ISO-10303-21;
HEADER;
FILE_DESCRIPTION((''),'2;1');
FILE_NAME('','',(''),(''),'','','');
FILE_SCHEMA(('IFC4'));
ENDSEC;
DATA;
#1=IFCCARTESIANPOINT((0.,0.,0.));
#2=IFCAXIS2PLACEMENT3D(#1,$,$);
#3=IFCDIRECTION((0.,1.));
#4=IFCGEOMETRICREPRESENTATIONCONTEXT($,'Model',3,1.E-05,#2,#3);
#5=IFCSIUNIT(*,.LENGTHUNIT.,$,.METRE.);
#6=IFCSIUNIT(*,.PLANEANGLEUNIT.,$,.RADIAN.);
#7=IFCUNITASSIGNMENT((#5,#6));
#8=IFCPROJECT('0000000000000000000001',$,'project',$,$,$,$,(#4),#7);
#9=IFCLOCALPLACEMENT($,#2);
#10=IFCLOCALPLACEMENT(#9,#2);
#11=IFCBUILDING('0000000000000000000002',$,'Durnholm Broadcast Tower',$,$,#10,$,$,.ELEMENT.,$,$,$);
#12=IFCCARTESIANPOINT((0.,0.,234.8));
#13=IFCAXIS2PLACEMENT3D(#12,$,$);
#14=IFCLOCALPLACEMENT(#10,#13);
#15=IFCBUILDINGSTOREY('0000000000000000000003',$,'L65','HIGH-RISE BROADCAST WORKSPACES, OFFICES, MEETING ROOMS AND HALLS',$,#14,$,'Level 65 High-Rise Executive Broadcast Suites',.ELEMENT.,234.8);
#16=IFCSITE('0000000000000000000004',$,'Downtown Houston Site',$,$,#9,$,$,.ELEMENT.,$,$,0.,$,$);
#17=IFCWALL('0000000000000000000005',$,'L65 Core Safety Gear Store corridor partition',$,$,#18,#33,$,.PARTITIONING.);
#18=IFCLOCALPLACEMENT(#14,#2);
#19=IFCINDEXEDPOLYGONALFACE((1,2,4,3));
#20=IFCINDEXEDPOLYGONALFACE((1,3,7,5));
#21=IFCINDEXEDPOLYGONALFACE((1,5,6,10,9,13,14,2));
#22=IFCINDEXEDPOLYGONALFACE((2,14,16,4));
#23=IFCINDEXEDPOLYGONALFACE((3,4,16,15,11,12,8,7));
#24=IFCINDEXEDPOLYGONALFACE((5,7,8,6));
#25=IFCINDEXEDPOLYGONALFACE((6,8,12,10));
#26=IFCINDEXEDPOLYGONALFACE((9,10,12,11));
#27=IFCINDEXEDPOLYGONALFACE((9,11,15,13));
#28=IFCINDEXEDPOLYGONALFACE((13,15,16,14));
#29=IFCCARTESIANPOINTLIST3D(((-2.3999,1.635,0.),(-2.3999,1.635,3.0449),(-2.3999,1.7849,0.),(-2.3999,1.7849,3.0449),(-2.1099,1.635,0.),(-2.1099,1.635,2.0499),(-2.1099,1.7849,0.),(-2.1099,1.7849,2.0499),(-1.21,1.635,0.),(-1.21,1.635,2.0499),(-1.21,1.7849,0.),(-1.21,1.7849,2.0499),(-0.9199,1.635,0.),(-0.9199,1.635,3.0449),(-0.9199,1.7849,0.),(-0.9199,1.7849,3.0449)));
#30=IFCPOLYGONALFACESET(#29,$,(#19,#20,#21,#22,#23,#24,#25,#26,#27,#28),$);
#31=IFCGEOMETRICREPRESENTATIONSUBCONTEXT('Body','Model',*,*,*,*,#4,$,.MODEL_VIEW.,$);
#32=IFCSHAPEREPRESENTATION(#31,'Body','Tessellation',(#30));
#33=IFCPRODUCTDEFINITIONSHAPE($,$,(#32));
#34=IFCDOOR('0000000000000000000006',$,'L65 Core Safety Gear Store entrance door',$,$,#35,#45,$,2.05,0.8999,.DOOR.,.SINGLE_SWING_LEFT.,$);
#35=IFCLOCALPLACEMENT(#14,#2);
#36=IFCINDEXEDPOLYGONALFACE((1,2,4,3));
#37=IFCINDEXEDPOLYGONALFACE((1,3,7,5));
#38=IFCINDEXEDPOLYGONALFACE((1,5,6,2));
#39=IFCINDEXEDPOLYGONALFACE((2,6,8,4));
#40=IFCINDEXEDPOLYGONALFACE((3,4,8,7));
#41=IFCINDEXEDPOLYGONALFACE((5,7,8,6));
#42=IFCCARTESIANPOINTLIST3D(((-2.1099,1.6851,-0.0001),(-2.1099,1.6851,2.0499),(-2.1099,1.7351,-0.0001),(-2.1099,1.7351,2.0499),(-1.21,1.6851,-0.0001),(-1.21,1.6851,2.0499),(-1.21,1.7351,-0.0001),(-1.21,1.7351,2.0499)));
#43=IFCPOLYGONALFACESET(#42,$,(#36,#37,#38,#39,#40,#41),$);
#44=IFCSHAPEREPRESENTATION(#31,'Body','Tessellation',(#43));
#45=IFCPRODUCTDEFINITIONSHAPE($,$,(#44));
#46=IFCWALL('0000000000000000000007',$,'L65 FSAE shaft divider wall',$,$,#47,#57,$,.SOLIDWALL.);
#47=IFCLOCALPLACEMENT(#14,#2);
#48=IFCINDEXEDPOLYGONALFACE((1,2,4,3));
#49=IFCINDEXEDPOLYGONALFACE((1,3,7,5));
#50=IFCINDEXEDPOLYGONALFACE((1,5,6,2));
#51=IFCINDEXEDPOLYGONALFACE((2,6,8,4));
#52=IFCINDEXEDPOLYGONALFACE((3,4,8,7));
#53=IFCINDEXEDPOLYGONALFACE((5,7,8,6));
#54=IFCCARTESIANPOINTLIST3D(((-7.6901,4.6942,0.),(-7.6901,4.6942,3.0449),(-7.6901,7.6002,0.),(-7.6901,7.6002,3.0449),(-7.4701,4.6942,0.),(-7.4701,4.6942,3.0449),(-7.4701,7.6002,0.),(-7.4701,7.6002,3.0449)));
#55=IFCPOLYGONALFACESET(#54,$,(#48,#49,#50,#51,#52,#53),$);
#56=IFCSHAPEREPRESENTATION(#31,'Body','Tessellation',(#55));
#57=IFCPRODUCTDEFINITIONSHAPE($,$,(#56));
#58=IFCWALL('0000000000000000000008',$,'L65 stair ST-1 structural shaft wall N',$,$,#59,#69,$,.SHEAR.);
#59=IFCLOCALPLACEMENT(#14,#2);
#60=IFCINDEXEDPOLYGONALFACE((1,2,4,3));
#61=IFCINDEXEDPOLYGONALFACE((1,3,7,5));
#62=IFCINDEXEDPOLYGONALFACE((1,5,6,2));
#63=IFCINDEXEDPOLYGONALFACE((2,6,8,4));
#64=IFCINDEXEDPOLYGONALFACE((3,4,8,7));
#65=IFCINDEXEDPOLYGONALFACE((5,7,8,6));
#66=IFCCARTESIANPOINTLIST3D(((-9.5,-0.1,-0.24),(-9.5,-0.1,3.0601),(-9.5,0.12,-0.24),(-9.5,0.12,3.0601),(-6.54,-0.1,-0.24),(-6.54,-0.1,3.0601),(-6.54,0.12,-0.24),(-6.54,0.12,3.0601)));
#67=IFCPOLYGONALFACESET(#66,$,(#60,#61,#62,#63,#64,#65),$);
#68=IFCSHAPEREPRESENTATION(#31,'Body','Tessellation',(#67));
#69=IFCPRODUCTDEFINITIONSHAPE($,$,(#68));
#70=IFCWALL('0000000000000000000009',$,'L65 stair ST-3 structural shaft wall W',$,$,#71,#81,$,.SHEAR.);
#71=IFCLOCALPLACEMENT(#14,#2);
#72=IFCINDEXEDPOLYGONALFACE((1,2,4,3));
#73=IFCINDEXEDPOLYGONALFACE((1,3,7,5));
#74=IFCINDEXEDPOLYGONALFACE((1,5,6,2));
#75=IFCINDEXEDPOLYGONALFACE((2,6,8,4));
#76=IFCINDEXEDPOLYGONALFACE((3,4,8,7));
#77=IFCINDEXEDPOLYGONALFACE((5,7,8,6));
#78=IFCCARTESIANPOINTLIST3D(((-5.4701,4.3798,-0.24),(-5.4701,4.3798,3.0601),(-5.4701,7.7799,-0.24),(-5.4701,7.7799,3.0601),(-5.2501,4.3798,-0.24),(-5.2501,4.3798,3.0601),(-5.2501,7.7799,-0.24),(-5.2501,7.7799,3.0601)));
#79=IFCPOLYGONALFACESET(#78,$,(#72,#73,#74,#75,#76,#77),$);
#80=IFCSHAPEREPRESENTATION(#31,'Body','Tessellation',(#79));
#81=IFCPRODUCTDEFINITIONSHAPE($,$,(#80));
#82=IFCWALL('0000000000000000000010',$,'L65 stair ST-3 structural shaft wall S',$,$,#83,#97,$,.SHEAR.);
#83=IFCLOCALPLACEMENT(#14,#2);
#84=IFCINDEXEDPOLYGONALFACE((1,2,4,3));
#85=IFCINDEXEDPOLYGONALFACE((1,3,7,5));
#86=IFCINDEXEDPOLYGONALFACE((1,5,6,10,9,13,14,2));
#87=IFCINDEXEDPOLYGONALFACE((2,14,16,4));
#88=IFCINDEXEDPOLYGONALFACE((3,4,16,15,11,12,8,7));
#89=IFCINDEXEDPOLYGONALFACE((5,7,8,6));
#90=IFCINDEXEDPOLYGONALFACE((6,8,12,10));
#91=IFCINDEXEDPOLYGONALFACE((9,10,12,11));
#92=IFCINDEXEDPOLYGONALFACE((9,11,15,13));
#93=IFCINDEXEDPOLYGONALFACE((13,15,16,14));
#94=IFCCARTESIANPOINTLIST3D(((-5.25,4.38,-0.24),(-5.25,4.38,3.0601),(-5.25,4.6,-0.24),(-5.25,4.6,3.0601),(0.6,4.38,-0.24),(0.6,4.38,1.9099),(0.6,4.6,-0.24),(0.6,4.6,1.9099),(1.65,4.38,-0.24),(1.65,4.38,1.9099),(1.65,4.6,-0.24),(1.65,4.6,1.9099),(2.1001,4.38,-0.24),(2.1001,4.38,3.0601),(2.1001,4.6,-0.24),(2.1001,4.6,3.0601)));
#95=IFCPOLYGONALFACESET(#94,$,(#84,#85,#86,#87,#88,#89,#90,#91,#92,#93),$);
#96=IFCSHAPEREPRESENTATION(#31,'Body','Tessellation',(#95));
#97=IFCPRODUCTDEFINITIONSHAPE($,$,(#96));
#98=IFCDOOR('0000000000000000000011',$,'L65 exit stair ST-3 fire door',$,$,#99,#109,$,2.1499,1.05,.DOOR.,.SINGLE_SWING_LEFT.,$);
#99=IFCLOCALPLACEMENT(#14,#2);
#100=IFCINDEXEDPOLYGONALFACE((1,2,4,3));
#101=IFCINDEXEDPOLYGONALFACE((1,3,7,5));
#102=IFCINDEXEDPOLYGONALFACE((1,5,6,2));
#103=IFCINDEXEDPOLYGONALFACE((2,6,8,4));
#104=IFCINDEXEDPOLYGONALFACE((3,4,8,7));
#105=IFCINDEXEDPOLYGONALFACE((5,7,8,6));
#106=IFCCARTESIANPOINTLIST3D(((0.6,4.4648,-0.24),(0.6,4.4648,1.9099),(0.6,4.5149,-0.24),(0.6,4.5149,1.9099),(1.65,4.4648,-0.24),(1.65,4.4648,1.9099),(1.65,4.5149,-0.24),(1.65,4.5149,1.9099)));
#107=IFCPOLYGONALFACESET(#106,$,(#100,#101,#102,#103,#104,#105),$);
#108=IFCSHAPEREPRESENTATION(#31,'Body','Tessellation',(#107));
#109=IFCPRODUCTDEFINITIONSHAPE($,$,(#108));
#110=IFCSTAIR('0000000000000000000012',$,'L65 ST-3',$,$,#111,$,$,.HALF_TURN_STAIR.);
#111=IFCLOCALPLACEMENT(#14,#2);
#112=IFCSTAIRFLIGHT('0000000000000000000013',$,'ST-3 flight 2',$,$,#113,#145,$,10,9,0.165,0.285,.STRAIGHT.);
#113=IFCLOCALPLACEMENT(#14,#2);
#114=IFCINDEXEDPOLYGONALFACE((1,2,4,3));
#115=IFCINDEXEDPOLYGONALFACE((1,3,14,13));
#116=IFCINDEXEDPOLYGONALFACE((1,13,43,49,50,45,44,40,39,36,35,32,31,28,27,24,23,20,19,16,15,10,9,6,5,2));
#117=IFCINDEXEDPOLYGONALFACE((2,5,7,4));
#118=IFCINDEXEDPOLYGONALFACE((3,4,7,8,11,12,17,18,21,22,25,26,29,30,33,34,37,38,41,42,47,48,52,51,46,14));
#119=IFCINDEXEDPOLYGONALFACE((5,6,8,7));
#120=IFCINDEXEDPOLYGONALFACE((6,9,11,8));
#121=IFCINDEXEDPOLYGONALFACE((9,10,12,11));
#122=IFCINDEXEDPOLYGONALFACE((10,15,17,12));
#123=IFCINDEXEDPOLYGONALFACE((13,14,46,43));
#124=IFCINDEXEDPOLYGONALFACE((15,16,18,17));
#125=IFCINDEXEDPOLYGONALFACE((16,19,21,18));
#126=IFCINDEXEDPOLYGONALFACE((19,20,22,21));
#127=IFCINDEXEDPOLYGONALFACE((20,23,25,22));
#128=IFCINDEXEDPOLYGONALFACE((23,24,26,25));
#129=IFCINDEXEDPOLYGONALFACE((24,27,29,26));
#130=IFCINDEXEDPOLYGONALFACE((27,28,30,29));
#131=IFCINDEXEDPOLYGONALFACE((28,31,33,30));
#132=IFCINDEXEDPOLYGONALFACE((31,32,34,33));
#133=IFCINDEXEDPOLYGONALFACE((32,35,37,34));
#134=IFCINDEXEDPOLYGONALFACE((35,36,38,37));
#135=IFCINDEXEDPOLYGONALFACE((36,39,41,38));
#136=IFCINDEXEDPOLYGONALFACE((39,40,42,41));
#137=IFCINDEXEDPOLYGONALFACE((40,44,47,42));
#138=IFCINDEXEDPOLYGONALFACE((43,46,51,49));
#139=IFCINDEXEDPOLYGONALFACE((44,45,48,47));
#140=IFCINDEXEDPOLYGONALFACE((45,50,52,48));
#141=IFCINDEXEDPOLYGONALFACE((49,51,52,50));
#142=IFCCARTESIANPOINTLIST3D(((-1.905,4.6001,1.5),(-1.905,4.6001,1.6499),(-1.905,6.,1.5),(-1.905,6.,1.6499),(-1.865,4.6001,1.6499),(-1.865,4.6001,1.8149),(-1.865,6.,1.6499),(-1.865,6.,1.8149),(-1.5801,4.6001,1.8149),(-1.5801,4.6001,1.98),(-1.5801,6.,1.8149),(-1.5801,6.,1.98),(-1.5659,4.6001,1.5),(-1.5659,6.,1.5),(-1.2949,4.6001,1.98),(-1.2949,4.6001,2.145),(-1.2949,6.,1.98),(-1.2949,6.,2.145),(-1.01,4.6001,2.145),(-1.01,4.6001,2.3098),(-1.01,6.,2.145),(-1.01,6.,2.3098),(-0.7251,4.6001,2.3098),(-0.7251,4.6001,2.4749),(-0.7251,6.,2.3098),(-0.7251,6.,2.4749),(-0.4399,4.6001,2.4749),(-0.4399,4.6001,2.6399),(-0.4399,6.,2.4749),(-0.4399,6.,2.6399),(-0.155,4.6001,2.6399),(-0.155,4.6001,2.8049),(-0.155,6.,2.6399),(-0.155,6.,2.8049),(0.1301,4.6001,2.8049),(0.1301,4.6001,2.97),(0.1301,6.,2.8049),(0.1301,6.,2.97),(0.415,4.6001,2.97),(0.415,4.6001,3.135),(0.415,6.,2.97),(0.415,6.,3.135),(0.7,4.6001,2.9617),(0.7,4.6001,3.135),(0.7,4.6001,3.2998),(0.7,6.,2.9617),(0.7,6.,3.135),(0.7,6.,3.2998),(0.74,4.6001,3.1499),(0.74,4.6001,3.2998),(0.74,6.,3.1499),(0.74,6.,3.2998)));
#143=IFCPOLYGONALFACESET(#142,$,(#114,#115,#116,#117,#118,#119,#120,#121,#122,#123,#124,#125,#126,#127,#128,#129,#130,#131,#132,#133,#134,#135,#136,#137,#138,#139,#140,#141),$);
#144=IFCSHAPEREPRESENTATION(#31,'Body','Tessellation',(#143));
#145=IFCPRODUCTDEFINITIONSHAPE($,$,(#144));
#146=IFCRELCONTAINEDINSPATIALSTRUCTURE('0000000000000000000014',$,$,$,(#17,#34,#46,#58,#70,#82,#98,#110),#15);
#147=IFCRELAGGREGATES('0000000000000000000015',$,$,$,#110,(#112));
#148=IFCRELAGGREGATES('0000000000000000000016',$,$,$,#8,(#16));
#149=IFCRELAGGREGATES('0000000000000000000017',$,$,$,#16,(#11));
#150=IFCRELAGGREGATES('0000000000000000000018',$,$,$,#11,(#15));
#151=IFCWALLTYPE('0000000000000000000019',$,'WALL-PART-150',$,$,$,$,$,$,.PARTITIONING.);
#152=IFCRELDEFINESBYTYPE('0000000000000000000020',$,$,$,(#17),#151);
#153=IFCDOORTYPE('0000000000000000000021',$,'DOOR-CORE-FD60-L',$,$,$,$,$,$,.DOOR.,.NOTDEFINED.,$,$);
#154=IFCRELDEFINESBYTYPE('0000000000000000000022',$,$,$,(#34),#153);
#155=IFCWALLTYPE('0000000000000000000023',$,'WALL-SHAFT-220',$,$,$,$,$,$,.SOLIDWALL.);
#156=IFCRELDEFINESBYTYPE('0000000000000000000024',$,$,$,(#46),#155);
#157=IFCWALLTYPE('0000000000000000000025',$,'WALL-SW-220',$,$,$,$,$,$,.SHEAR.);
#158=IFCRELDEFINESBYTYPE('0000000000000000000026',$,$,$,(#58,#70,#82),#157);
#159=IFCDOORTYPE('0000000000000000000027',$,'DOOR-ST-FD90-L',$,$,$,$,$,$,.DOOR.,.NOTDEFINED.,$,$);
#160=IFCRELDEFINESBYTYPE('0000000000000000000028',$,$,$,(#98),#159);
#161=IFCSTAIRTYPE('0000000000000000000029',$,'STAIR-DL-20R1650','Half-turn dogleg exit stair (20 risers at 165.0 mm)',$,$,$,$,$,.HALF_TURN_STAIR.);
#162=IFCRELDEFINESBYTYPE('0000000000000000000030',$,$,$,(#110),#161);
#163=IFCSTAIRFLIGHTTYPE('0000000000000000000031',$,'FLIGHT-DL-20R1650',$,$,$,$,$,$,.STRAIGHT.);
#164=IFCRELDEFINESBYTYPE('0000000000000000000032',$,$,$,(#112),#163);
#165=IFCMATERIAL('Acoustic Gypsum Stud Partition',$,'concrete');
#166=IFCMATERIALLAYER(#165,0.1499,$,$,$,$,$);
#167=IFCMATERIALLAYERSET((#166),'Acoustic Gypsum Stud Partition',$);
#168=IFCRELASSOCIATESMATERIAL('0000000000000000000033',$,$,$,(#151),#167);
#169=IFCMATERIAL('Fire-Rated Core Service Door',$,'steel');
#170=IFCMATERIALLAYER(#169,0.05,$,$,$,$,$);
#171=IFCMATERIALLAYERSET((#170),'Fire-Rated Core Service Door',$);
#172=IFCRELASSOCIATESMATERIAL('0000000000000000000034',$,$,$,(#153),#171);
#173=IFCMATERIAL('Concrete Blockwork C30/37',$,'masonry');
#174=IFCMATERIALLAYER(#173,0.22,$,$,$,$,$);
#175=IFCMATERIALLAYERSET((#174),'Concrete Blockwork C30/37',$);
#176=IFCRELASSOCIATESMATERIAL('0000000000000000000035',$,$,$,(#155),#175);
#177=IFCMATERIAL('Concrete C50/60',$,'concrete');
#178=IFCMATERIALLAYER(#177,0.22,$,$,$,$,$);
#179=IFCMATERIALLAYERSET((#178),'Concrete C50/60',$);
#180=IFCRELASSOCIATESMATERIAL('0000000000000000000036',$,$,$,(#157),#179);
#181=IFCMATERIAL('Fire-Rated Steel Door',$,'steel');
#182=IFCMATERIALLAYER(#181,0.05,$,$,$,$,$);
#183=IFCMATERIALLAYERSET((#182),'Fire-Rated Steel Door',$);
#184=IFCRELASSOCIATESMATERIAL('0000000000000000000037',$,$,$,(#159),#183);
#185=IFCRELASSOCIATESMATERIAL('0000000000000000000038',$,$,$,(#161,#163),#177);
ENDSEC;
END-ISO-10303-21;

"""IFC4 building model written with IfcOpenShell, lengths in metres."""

from ifc_helpers import new_model, si_unit, direction, frame, frame_2d, origin, place, context, subcontext, project, spatial, polyline, rectangle, outline, extrude, source, transform, mapped, material, layer, layer_set, type_object, type_shapes, element, fill, aggregate, save


model = new_model("IFC4")

# Units and contexts
model_context = context("Model", 3, precision=1e-05, world=origin(), true_north=direction((0.0, 1.0)))
body_context = subcontext(model_context, "Body", "Model", "MODEL_VIEW")
ifc_project = project(units=[si_unit("LENGTHUNIT", "METRE"), si_unit("PLANEANGLEUNIT", "RADIAN")], contexts=[model_context])

# Site, building, storey
site_placement = place(None, origin())
site = spatial("IfcSite", under=ifc_project, at=site_placement, Name="Downtown Houston Site", CompositionType="ELEMENT", RefElevation=0.0)
building_placement = place(site_placement, origin())
building = spatial("IfcBuilding", under=site, at=building_placement, Name="Durnholm Broadcast Tower", CompositionType="ELEMENT")
storey_placement = place(building_placement, frame((0.0, 0.0, 234.8)))
storey = spatial("IfcBuildingStorey", under=building, at=storey_placement, Name="L65", Description="HIGH-RISE BROADCAST WORKSPACES, OFFICES, MEETING ROOMS AND HALLS", LongName="Level 65 High-Rise Executive Broadcast Suites", CompositionType="ELEMENT", Elevation=234.8)

# Shared definitions
ifc_material_1 = material(Name="Acoustic Gypsum Stud Partition", Category="concrete")
ifc_layer_1 = layer(ifc_material_1, 0.1499)
ifc_layer_set_1 = layer_set([ifc_layer_1], Name="Acoustic Gypsum Stud Partition")
wall_type_1 = type_object("IfcWallType", Name="WALL-PART-150", PredefinedType="PARTITIONING", material=ifc_layer_set_1)

# Wall, opening, door
ifc_material_2 = material(Name="Fire-Rated Core Service Door", Category="steel")
ifc_layer_2 = layer(ifc_material_2, 0.05)
ifc_layer_set_2 = layer_set([ifc_layer_2], Name="Fire-Rated Core Service Door")
door_type_1 = type_object("IfcDoorType", Name="DOOR-CORE-FD60-L", OperationType="NOTDEFINED", PredefinedType="DOOR", material=ifc_layer_set_2)
shared_shape_1 = source(origin(), body_context, "Body", "SweptSolid", [
    extrude(rectangle(XDim=0.8999, YDim=2.05, at=frame_2d((0.45, 1.0249))), frame((0.0, 0.0249, 0.0), z_axis=(0.0, -1.0, 0.0), x_axis=(1.0, 0.0, 0.0)), (0.0, 0.0, 1.0), 0.05),
])
type_shapes(door_type_1, [shared_shape_1])
wall_1_placement = place(storey_placement, frame((-0.9199, 1.71, 0.0), z_axis=(0.0, 0.0, 1.0), x_axis=(-1.0, 0.0, 0.0)))
wall_1 = element("IfcWall", 1, at=wall_1_placement, inside=storey, type_object=wall_type_1, Name="L65 Core Safety Gear Store corridor partition", PredefinedType="PARTITIONING", context=body_context, shape_type="SweptSolid", body=[
    extrude(rectangle(XDim=1.48, YDim=0.1499, at=frame_2d((0.74, 0.0))), origin(), (0.0, 0.0, 1.0), 3.0449),
])
opening_1_placement = place(wall_1_placement, frame((0.29, 0.0, 0.0)))
opening_1 = element("IfcOpeningElement", 2, at=opening_1_placement, cuts=wall_1, PredefinedType="OPENING", context=body_context, shape_type="SweptSolid", body=[
    extrude(rectangle(XDim=0.8999, YDim=2.05, at=frame_2d((0.45, 1.0249))), frame((0.0, 0.085, 0.0), z_axis=(0.0, -1.0, 0.0), x_axis=(1.0, 0.0, 0.0)), (0.0, 0.0, 1.0), 0.1699),
])
door_1_placement = place(opening_1_placement, origin())
door_1 = element("IfcDoor", 3, at=door_1_placement, inside=storey, type_object=door_type_1, Name="L65 Core Safety Gear Store entrance door", OperationType="SINGLE_SWING_LEFT", OverallHeight=2.05, OverallWidth=0.8999, PredefinedType="DOOR", context=body_context, shape_type="MappedRepresentation", body=[
    mapped(shared_shape_1, transform((0.0, 0.0, 0.0), x_axis=(1.0, 0.0, 0.0), y_axis=(0.0, 1.0, 0.0), z_axis=(0.0, 0.0, 1.0), scale=1.0)),
])
fill(opening_1, door_1)

# Walls
ifc_material_3 = material(Name="Concrete Blockwork C30/37", Category="masonry")
ifc_layer_3 = layer(ifc_material_3, 0.22)
ifc_layer_set_3 = layer_set([ifc_layer_3], Name="Concrete Blockwork C30/37")
wall_type_2 = type_object("IfcWallType", Name="WALL-SHAFT-220", PredefinedType="SOLIDWALL", material=ifc_layer_set_3)
wall_2_placement = place(storey_placement, frame((-7.5801, 4.6941, 0.0), z_axis=(0.0, 0.0, 1.0), x_axis=(0.0, 1.0, 0.0)))
element("IfcWall", 4, at=wall_2_placement, inside=storey, type_object=wall_type_2, Name="L65 FSAE shaft divider wall", PredefinedType="SOLIDWALL", context=body_context, shape_type="SweptSolid", body=[
    extrude(rectangle(XDim=2.906, YDim=0.22, at=frame_2d((1.4531, 0.0))), origin(), (0.0, 0.0, 1.0), 3.0449),
])
ifc_material_4 = material(Name="Concrete C50/60", Category="concrete")
ifc_layer_4 = layer(ifc_material_4, 0.22)
ifc_layer_set_4 = layer_set([ifc_layer_4], Name="Concrete C50/60")
wall_type_3 = type_object("IfcWallType", Name="WALL-SW-220", PredefinedType="SHEAR", material=ifc_layer_set_4)
wall_3_placement = place(storey_placement, frame((-6.54, 0.01, -0.24), z_axis=(0.0, 0.0, 1.0), x_axis=(-1.0, 0.0, 0.0)))
element("IfcWall", 5, at=wall_3_placement, inside=storey, type_object=wall_type_3, Name="L65 stair ST-1 structural shaft wall N", PredefinedType="SHEAR", context=body_context, shape_type="SweptSolid", body=[
    extrude(rectangle(XDim=2.96, YDim=0.22, at=frame_2d((1.48, 0.0))), origin(), (0.0, 0.0, 1.0), 3.3),
])
wall_4_placement = place(storey_placement, frame((-5.3601, 7.78, -0.24), z_axis=(0.0, 0.0, 1.0), x_axis=(0.0, -1.0, 0.0)))
element("IfcWall", 6, at=wall_4_placement, inside=storey, type_object=wall_type_3, Name="L65 stair ST-3 structural shaft wall W", PredefinedType="SHEAR", context=body_context, shape_type="SweptSolid", body=[
    extrude(rectangle(XDim=3.4001, YDim=0.22, at=frame_2d((1.7002, 0.0))), origin(), (0.0, 0.0, 1.0), 3.3),
])

# Wall, opening, door
wall_5_placement = place(storey_placement, frame((-5.25, 4.49, -0.24), z_axis=(0.0, 0.0, 1.0), x_axis=(1.0, 0.0, 0.0)))
wall_5 = element("IfcWall", 7, at=wall_5_placement, inside=storey, type_object=wall_type_3, Name="L65 stair ST-3 structural shaft wall S", PredefinedType="SHEAR", context=body_context, shape_type="SweptSolid", body=[
    extrude(rectangle(XDim=7.3501, YDim=0.22, at=frame_2d((3.675, 0.0))), origin(), (0.0, 0.0, 1.0), 3.3),
])
opening_2_placement = place(wall_5_placement, frame((5.8501, 0.0, 0.0)))
opening_2 = element("IfcOpeningElement", 8, at=opening_2_placement, cuts=wall_5, PredefinedType="OPENING", context=body_context, shape_type="SweptSolid", body=[
    extrude(rectangle(XDim=1.05, YDim=2.1499, at=frame_2d((0.5249, 1.075))), frame((0.0, 0.1201, 0.0), z_axis=(0.0, -1.0, 0.0), x_axis=(1.0, 0.0, 0.0)), (0.0, 0.0, 1.0), 0.24),
])
ifc_material_5 = material(Name="Fire-Rated Steel Door", Category="steel")
ifc_layer_5 = layer(ifc_material_5, 0.05)
ifc_layer_set_5 = layer_set([ifc_layer_5], Name="Fire-Rated Steel Door")
door_type_2 = type_object("IfcDoorType", Name="DOOR-ST-FD90-L", OperationType="NOTDEFINED", PredefinedType="DOOR", material=ifc_layer_set_5)
shared_shape_2 = source(origin(), body_context, "Body", "SweptSolid", [
    extrude(rectangle(XDim=1.05, YDim=2.1499, at=frame_2d((0.5249, 1.075))), frame((0.0, 0.0249, 0.0), z_axis=(0.0, -1.0, 0.0), x_axis=(1.0, 0.0, 0.0)), (0.0, 0.0, 1.0), 0.05),
])
type_shapes(door_type_2, [shared_shape_2])
door_2_placement = place(opening_2_placement, origin())
door_2 = element("IfcDoor", 9, at=door_2_placement, inside=storey, type_object=door_type_2, Name="L65 exit stair ST-3 fire door", OperationType="SINGLE_SWING_LEFT", OverallHeight=2.1499, OverallWidth=1.05, PredefinedType="DOOR", context=body_context, shape_type="MappedRepresentation", body=[
    mapped(shared_shape_2, transform((0.0, 0.0, 0.0), x_axis=(1.0, 0.0, 0.0), y_axis=(0.0, 1.0, 0.0), z_axis=(0.0, 0.0, 1.0), scale=1.0)),
])
fill(opening_2, door_2)

# Stair, stair flight
stair_type = type_object("IfcStairType", Name="STAIR-DL-20R1650", Description="Half-turn dogleg exit stair (20 risers at 165.0 mm)", PredefinedType="HALF_TURN_STAIR", material=ifc_material_4)
stair_placement = place(storey_placement, origin())
stair = element("IfcStair", 10, at=stair_placement, inside=storey, type_object=stair_type, Name="L65 ST-3", PredefinedType="HALF_TURN_STAIR")
stair_flight_type = type_object("IfcStairFlightType", Name="FLIGHT-DL-20R1650", PredefinedType="STRAIGHT", material=ifc_material_4)
stair_flight_placement = place(storey_placement, frame((-1.865, 5.3, 1.6499), z_axis=(0.0, 0.0, 1.0), x_axis=(1.0, 0.0, 0.0)))
stair_flight = element("IfcStairFlight", 11, at=stair_flight_placement, type_object=stair_flight_type, Name="ST-3 flight 2", NumberOfRisers=10, NumberOfTreads=9, PredefinedType="STRAIGHT", RiserHeight=0.165, TreadLength=0.285, context=body_context, shape_type="SweptSolid", body=[
    extrude(outline(polyline([(-0.04, -0.1499), (-0.04, 0.0), (0.0, 0.0), (0.0, 0.165), (0.2849, 0.165), (0.2849, 0.3301), (0.5701, 0.3301), (0.5701, 0.4951), (0.855, 0.4951), (0.855, 0.6599), (1.1399, 0.6599), (1.1399, 0.825), (1.425, 0.825), (1.425, 0.99), (1.71, 0.99), (1.71, 1.155), (1.9951, 1.155), (1.9951, 1.3201), (2.28, 1.3201), (2.28, 1.4851), (2.5649, 1.4851), (2.5649, 1.6499), (2.605, 1.6499), (2.605, 1.5), (2.5649, 1.3118), (0.2991, -0.1499), (-0.04, -0.1499)])), frame((0.0, 0.7, 0.0), z_axis=(0.0, -1.0, 0.0), x_axis=(1.0, 0.0, 0.0)), (0.0, 0.0, 1.0), 1.3999),
])
aggregate(stair, [stair_flight])

save(model, "model.ifc")
